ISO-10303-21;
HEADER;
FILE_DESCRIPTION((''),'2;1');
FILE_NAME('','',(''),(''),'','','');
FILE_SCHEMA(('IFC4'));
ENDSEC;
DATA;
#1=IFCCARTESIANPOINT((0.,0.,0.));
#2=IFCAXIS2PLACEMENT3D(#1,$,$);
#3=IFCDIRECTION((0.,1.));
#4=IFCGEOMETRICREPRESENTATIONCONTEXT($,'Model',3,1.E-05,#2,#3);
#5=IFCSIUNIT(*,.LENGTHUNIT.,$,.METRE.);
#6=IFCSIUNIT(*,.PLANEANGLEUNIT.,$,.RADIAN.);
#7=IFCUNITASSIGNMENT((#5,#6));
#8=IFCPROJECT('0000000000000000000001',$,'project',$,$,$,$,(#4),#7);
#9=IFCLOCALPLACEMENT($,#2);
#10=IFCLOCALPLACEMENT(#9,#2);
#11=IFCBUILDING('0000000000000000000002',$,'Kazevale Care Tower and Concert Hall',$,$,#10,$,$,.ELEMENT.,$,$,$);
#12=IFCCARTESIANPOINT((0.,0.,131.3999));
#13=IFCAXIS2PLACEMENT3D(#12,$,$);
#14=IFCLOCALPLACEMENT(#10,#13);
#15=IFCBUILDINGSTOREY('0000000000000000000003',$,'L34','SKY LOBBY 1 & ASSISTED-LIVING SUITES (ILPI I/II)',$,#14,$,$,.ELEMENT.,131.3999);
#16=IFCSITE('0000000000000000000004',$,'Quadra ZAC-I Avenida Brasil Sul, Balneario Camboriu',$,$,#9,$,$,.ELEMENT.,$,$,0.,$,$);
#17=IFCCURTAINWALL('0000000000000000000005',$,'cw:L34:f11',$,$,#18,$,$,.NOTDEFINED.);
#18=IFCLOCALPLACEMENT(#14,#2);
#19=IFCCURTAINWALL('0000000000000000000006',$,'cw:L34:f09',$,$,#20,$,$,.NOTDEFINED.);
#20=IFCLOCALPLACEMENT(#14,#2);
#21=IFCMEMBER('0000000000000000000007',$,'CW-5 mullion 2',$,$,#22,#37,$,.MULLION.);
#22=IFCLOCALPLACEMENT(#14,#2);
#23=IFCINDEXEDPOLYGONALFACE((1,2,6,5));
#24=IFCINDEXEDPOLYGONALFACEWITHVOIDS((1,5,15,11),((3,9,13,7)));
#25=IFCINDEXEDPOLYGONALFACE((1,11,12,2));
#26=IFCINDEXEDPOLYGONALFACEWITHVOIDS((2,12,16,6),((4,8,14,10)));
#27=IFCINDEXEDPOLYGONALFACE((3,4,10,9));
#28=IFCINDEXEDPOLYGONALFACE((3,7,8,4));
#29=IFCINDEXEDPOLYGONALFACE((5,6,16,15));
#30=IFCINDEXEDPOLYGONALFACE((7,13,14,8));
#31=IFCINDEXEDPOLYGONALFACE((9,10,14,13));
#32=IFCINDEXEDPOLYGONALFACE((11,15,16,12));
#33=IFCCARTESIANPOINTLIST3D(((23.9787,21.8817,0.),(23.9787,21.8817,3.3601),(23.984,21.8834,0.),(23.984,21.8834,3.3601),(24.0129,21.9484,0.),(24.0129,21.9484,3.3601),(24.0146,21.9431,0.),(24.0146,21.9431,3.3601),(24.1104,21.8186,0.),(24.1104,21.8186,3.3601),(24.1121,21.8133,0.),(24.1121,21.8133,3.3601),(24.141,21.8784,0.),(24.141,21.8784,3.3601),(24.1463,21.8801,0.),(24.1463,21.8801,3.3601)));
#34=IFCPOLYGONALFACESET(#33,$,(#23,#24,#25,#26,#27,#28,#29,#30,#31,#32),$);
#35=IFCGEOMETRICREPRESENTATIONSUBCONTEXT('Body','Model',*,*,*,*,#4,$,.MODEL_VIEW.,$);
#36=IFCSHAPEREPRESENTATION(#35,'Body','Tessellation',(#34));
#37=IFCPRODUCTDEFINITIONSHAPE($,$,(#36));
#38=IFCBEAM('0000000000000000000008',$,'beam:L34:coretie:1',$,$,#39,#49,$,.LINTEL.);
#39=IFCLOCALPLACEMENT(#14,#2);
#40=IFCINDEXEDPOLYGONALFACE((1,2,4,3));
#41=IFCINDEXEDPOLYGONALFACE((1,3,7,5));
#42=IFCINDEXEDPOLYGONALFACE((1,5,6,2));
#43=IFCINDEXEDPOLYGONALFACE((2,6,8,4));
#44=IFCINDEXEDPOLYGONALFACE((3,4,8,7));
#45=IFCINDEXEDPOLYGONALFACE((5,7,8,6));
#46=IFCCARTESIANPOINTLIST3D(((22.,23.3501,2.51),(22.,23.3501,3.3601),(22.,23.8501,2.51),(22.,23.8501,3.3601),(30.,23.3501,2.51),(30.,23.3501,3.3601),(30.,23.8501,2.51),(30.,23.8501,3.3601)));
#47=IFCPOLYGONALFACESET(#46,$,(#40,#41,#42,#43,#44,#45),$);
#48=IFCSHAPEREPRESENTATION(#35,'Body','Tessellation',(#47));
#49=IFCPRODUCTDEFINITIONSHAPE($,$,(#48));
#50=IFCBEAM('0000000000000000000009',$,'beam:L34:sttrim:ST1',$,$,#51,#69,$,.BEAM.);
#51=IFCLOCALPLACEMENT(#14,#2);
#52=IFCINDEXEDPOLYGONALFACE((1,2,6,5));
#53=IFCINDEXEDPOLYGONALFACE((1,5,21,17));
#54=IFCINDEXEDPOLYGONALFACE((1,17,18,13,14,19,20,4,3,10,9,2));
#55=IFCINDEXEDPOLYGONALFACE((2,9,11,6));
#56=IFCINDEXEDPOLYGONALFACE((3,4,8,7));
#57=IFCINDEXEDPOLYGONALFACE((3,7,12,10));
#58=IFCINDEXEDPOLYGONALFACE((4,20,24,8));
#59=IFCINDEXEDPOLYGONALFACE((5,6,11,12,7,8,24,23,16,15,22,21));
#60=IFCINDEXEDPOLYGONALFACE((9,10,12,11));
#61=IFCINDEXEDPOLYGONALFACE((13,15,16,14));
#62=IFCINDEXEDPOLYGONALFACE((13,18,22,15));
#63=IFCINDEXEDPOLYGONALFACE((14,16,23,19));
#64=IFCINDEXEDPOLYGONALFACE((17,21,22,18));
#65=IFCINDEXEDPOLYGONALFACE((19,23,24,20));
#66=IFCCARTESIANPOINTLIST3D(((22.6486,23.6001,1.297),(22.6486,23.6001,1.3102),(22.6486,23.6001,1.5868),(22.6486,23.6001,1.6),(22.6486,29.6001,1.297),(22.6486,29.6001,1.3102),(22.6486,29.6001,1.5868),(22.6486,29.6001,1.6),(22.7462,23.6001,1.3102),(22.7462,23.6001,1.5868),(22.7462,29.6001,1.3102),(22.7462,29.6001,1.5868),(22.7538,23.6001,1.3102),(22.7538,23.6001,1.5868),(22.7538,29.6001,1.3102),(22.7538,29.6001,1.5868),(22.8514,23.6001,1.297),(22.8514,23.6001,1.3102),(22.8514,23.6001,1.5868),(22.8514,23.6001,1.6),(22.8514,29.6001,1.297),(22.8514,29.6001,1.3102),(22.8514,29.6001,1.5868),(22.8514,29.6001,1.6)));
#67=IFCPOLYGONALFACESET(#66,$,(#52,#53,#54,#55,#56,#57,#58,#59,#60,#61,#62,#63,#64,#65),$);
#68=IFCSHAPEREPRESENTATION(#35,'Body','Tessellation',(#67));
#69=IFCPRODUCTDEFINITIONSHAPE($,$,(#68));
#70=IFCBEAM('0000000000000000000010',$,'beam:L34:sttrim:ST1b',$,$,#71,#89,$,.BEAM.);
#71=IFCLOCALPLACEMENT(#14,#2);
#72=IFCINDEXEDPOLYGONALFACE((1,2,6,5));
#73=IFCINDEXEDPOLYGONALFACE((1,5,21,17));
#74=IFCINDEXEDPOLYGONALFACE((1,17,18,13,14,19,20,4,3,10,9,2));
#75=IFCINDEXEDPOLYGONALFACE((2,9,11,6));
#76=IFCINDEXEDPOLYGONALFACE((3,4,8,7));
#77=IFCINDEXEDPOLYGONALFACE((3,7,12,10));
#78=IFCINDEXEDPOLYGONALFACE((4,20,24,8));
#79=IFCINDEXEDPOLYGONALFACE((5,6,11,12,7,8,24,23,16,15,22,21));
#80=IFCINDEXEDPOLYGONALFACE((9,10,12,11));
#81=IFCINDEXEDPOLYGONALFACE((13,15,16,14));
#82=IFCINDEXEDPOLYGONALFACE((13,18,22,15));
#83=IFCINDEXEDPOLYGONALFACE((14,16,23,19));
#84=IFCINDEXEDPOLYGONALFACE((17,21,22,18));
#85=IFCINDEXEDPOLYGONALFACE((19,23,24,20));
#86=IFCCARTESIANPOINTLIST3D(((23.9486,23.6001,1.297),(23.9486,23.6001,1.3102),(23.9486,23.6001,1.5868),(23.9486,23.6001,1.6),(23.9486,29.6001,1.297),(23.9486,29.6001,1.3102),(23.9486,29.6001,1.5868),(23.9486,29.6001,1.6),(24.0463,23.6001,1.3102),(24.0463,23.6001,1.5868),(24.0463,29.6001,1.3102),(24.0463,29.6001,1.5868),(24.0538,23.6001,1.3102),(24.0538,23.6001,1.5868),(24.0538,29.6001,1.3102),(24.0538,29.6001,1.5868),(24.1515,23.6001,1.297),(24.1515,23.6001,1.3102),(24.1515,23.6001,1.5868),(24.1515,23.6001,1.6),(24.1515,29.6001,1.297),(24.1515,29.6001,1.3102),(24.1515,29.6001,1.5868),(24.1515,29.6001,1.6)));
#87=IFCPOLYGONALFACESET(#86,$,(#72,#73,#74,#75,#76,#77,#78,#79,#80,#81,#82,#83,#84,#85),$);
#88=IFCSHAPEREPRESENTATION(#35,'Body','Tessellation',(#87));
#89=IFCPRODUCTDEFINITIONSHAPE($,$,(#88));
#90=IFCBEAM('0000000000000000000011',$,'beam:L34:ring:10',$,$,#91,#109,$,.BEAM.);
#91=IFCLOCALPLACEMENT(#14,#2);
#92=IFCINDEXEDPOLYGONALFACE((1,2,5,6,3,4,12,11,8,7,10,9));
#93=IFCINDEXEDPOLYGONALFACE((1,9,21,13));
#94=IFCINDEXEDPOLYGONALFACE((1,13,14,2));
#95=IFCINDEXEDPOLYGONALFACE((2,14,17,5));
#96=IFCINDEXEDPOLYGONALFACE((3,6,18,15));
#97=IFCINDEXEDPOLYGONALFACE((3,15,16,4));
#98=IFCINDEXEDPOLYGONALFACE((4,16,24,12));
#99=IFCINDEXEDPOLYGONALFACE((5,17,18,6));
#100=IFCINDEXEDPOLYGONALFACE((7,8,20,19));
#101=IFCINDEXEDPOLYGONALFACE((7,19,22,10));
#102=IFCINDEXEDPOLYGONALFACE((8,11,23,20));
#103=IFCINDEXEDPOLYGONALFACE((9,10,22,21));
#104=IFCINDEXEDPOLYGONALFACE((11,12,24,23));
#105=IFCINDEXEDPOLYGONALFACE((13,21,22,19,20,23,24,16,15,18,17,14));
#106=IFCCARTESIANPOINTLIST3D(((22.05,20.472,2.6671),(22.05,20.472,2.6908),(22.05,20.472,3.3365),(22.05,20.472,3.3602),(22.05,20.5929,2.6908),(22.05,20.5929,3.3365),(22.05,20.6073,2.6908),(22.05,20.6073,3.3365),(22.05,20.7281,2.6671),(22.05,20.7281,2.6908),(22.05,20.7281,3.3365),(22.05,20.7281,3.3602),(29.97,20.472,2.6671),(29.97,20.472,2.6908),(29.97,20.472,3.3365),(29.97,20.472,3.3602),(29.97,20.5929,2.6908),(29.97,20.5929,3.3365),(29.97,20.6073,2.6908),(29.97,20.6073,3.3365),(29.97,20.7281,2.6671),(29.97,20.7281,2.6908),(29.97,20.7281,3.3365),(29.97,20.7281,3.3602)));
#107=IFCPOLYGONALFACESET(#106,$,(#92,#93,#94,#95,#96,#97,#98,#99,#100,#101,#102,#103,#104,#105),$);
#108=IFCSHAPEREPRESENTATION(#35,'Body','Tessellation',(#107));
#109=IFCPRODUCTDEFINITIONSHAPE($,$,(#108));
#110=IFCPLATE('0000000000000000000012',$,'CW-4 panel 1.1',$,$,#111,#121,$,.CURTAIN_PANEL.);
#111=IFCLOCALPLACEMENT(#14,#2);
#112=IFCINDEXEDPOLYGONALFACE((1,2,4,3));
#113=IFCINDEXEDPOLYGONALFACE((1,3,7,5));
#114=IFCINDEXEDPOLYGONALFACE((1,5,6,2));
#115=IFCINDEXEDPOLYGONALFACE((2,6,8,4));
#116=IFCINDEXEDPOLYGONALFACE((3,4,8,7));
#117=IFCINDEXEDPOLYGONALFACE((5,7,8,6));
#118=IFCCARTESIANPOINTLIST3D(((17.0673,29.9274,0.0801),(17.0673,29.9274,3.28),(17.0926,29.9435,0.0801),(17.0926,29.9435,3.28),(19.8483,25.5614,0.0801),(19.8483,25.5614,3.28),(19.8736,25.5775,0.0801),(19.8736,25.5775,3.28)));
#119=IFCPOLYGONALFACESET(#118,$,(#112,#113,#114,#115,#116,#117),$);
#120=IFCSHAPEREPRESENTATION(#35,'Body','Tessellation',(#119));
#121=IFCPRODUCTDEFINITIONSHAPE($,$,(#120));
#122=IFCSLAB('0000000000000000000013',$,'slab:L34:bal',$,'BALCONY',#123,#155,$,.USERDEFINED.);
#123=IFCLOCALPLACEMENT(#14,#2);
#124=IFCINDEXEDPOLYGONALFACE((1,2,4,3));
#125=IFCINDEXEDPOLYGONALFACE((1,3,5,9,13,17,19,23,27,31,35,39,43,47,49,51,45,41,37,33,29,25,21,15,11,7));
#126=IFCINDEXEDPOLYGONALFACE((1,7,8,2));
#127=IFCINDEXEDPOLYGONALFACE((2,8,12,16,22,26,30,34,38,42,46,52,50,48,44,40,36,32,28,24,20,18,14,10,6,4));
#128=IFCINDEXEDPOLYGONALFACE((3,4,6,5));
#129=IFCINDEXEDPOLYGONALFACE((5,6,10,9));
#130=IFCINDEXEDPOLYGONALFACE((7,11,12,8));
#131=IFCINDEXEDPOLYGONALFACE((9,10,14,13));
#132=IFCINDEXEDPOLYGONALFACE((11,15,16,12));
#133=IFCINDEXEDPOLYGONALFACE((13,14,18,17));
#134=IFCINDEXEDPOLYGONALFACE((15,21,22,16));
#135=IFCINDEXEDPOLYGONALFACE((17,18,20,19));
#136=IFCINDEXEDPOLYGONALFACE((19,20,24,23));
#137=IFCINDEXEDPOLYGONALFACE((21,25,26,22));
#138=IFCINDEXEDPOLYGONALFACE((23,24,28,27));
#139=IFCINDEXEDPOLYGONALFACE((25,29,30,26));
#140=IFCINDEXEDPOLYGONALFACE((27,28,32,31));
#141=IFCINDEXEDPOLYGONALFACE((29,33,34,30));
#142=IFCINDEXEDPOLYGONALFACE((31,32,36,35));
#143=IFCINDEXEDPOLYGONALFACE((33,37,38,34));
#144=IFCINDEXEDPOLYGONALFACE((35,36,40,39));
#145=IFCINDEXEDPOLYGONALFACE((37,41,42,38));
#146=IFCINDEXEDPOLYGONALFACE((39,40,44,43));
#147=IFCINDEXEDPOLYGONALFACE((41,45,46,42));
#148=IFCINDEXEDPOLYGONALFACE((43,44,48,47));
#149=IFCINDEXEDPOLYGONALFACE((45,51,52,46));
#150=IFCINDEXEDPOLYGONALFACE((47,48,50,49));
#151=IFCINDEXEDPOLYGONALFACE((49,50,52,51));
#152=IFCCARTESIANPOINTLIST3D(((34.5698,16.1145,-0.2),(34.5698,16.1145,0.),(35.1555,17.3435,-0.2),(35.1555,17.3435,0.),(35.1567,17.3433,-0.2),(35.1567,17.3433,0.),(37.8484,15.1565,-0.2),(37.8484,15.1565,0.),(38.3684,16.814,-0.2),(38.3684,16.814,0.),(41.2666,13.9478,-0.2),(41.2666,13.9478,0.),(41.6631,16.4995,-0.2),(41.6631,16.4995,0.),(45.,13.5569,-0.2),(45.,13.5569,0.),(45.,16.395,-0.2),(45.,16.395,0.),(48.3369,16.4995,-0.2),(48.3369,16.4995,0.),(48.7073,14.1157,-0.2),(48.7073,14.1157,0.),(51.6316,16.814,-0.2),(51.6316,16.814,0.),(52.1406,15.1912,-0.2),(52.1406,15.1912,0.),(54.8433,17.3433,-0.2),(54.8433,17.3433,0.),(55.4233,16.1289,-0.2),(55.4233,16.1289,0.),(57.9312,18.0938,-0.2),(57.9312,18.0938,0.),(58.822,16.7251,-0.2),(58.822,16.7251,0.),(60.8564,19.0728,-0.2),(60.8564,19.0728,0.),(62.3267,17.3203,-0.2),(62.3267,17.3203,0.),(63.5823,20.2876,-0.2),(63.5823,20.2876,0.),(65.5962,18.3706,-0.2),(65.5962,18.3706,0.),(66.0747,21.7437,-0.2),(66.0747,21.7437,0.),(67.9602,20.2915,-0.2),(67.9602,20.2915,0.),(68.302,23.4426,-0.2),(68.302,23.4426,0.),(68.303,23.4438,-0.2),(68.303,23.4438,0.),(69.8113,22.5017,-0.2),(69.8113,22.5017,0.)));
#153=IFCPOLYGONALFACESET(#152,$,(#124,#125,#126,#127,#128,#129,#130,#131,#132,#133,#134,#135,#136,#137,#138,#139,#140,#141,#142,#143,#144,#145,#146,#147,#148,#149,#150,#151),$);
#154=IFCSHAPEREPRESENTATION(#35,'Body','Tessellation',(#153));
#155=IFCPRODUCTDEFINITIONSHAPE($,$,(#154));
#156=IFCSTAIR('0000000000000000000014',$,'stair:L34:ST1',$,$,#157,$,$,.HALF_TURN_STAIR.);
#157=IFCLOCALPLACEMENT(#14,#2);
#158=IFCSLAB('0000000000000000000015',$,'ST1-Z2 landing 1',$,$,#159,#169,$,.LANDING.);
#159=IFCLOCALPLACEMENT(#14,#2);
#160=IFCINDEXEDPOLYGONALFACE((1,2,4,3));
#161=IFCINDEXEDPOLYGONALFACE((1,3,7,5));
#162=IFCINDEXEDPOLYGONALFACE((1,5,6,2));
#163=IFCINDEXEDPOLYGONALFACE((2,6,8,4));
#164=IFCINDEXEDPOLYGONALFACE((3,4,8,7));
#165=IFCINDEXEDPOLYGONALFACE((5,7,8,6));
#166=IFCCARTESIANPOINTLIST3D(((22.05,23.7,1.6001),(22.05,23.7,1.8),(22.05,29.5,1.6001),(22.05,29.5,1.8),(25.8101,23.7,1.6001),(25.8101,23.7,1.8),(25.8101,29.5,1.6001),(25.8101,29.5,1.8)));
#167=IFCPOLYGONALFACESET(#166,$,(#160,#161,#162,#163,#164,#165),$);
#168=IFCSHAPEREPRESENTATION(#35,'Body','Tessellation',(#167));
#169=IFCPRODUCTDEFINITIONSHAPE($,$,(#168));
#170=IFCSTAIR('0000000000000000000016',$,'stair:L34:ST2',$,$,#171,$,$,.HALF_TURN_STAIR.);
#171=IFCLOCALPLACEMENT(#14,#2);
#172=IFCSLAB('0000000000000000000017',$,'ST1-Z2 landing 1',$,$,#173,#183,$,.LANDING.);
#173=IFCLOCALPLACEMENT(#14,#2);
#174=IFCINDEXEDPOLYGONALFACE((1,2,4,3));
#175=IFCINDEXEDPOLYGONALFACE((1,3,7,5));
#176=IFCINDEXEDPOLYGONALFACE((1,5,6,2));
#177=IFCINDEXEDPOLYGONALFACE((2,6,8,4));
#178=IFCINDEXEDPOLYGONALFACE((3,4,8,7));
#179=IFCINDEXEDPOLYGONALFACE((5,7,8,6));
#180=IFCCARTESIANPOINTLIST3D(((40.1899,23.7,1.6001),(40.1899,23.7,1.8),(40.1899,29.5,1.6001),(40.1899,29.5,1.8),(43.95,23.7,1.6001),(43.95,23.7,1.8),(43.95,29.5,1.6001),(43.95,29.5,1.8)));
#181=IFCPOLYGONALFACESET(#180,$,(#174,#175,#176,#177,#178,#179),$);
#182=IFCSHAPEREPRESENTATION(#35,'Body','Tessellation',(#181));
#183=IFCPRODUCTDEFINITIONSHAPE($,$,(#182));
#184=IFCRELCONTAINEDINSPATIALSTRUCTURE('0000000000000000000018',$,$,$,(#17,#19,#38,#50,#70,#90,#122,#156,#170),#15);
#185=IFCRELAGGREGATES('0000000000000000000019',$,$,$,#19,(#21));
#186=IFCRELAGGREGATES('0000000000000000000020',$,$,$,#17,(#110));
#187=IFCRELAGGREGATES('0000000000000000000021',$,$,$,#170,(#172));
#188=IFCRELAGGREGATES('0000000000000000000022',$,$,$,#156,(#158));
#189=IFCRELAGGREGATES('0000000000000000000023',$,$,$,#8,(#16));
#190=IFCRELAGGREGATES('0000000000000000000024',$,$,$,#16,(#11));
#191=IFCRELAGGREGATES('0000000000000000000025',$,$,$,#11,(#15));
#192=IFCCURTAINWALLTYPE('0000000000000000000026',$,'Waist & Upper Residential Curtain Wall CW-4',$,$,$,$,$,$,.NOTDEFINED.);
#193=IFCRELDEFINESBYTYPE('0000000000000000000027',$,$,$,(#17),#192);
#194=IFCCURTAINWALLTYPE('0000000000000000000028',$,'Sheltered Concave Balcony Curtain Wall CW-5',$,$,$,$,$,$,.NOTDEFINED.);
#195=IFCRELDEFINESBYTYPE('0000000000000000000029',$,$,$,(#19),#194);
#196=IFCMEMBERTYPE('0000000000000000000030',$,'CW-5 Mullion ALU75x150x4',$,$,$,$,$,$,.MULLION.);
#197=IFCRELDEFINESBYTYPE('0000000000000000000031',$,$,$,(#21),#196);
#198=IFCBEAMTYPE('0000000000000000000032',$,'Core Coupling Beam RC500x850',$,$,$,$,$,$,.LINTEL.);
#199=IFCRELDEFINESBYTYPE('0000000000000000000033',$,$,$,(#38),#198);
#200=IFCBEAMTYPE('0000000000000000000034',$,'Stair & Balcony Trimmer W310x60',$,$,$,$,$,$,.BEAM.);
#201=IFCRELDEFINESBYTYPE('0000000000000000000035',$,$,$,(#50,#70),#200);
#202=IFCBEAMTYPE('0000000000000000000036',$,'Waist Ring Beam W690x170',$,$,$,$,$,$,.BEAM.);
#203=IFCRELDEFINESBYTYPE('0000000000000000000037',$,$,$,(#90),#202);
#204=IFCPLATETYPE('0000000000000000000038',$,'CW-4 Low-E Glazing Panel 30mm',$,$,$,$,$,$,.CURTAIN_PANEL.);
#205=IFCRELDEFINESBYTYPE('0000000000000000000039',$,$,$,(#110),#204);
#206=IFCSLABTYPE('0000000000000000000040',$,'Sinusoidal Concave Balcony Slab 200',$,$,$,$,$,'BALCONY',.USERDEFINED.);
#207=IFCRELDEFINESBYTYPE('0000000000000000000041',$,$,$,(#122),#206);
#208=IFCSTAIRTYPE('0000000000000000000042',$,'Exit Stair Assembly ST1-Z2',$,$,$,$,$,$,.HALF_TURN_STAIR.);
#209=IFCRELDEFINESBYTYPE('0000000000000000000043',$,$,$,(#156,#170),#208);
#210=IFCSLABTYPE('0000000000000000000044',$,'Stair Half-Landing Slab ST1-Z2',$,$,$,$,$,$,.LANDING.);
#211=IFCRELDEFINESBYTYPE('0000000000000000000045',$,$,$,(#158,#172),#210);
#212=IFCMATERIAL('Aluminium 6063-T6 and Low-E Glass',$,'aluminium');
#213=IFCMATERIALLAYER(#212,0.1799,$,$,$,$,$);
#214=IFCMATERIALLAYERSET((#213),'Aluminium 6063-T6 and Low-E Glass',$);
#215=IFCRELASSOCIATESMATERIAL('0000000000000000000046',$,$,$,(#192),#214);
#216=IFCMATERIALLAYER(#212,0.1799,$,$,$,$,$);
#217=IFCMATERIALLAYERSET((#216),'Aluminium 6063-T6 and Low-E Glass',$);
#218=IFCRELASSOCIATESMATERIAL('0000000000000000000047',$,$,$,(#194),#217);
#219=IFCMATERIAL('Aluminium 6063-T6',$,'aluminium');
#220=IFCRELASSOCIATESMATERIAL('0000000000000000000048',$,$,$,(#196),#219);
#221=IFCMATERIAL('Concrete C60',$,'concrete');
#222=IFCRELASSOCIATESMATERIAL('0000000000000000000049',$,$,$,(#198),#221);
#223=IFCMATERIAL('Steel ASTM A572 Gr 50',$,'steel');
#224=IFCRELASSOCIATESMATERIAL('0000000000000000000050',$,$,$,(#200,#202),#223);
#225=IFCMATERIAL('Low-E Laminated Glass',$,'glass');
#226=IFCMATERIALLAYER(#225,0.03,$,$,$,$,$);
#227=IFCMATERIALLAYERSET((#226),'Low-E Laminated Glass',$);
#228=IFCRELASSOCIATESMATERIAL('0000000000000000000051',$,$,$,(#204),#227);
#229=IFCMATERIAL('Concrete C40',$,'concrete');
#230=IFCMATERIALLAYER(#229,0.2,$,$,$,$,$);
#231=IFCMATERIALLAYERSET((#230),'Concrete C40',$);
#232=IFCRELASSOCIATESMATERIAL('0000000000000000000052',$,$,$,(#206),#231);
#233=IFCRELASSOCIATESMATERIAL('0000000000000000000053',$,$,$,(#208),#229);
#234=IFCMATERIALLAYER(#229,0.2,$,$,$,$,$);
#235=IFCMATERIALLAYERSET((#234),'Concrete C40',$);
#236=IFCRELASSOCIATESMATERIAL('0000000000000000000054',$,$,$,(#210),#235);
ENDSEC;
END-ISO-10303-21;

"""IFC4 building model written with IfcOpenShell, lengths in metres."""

from ifc_helpers import new_model, si_unit, direction, frame, origin, origin_2d, place, context, subcontext, project, spatial, polyline, rectangle, hollow_rectangle, i_section, outline, extrude, material, layer, layer_set, material_profile, profile_set, type_object, element, aggregate, save


model = new_model("IFC4")

# Units and contexts
model_context = context("Model", 3, precision=1e-05, world=origin(), true_north=direction((0.0, 1.0)))
body_context = subcontext(model_context, "Body", "Model", "MODEL_VIEW")
ifc_project = project(units=[si_unit("LENGTHUNIT", "METRE"), si_unit("PLANEANGLEUNIT", "RADIAN")], contexts=[model_context])

# Site, building, storey
site_placement = place(None, origin())
site = spatial("IfcSite", under=ifc_project, at=site_placement, Name="Quadra ZAC-I Avenida Brasil Sul, Balneario Camboriu", CompositionType="ELEMENT", RefElevation=0.0)
building_placement = place(site_placement, origin())
building = spatial("IfcBuilding", under=site, at=building_placement, Name="Kazevale Care Tower and Concert Hall", CompositionType="ELEMENT")
storey_placement = place(building_placement, frame((0.0, 0.0, 131.3999)))
storey = spatial("IfcBuildingStorey", under=building, at=storey_placement, Name="L34", Description="SKY LOBBY 1 & ASSISTED-LIVING SUITES (ILPI I/II)", CompositionType="ELEMENT", Elevation=131.3999)

# Shared definitions
ifc_material_1 = material(Name="Concrete C60", Category="concrete")

# Curtain wall
ifc_material_2 = material(Name="Aluminium 6063-T6 and Low-E Glass", Category="aluminium")
ifc_layer_1 = layer(ifc_material_2, 0.1799)
ifc_layer_set_1 = layer_set([ifc_layer_1], Name="Aluminium 6063-T6 and Low-E Glass")
curtain_wall_type_1 = type_object("IfcCurtainWallType", Name="Waist & Upper Residential Curtain Wall CW-4", PredefinedType="NOTDEFINED", material=ifc_layer_set_1)
curtain_wall_1_placement = place(storey_placement, origin())
curtain_wall_1 = element("IfcCurtainWall", 1, at=curtain_wall_1_placement, inside=storey, type_object=curtain_wall_type_1, Name="cw:L34:f11", PredefinedType="NOTDEFINED")
ifc_material_3 = material(Name="Aluminium 6063-T6", Category="aluminium")

# Curtain wall, member
ifc_layer_2 = layer(ifc_material_2, 0.1799)
ifc_layer_set_2 = layer_set([ifc_layer_2], Name="Aluminium 6063-T6 and Low-E Glass")
curtain_wall_type_2 = type_object("IfcCurtainWallType", Name="Sheltered Concave Balcony Curtain Wall CW-5", PredefinedType="NOTDEFINED", material=ifc_layer_set_2)
curtain_wall_2_placement = place(storey_placement, origin())
curtain_wall_2 = element("IfcCurtainWall", 2, at=curtain_wall_2_placement, inside=storey, type_object=curtain_wall_type_2, Name="cw:L34:f09", PredefinedType="NOTDEFINED")
ifc_material_profile_1 = material_profile(ifc_material_3, hollow_rectangle(XDim=0.075, YDim=0.1499, WallThickness=0.0039, at=origin_2d()), Name="ALU75x150x4")
ifc_profile_set_1 = profile_set([ifc_material_profile_1], Name="Aluminium 6063-T6")
member_type_1 = type_object("IfcMemberType", Name="CW-5 Mullion ALU75x150x4", PredefinedType="MULLION", material=ifc_profile_set_1)
member_1_placement = place(storey_placement, frame((24.0625, 21.8809, 0.0), z_axis=(0.0, 0.0, 1.0), x_axis=(-0.455713, -0.890127, 0.0)))
member_1 = element("IfcMember", 3, at=member_1_placement, type_object=member_type_1, Name="CW-5 mullion 2", PredefinedType="MULLION", context=body_context, shape_type="SweptSolid", body=[
    extrude(hollow_rectangle(XDim=0.075, YDim=0.1499, WallThickness=0.0039, at=origin_2d()), origin(), (0.0, 0.0, 1.0), 3.3601),
])
aggregate(curtain_wall_2, [member_1])

# Beams
ifc_material_profile_2 = material_profile(ifc_material_1, rectangle(XDim=0.5, YDim=0.8501, at=origin_2d()), Name="RC-B500x850")
ifc_profile_set_2 = profile_set([ifc_material_profile_2], Name="Concrete C60")
beam_type_1 = type_object("IfcBeamType", Name="Core Coupling Beam RC500x850", PredefinedType="LINTEL", material=ifc_profile_set_2)
beam_1_placement = place(storey_placement, frame((22.0, 23.6001, 2.9351), z_axis=(1.0, 0.0, 0.0), x_axis=(0.0, 1.0, 0.0)))
element("IfcBeam", 4, at=beam_1_placement, inside=storey, type_object=beam_type_1, Name="beam:L34:coretie:1", PredefinedType="LINTEL", context=body_context, shape_type="SweptSolid", body=[
    extrude(rectangle(XDim=0.5, YDim=0.8501, at=origin_2d()), origin(), (0.0, 0.0, 1.0), 8.0),
])
ifc_material_4 = material(Name="Steel ASTM A572 Gr 50", Category="steel")
ifc_material_profile_3 = material_profile(ifc_material_4, i_section(OverallWidth=0.2029, OverallDepth=0.303, WebThickness=0.0076, FlangeThickness=0.0132, at=origin_2d()), Name="W310x60")
ifc_profile_set_3 = profile_set([ifc_material_profile_3], Name="Steel ASTM A572 Gr 50")
beam_type_2 = type_object("IfcBeamType", Name="Stair & Balcony Trimmer W310x60", PredefinedType="BEAM", material=ifc_profile_set_3)
for number, where, z_axis, x_axis, name in (
    (5, (22.75, 23.6001, 1.4485), (0.0, 1.0, 0.0), (-1.0, 0.0, 0.0), "beam:L34:sttrim:ST1"),
    (6, (24.05, 23.6001, 1.4485), (0.0, 1.0, 0.0), (-1.0, 0.0, 0.0), "beam:L34:sttrim:ST1b"),
):
    element("IfcBeam", number, at=place(storey_placement, frame(where, z_axis=z_axis, x_axis=x_axis)), inside=storey, type_object=beam_type_2, Name=name, PredefinedType="BEAM", context=body_context, shape_type="SweptSolid", body=[
        extrude(i_section(OverallWidth=0.2029, OverallDepth=0.303, WebThickness=0.0076, FlangeThickness=0.0132, at=origin_2d()), origin(), (0.0, 0.0, 1.0), 6.0),
    ])
ifc_material_profile_4 = material_profile(ifc_material_4, i_section(OverallWidth=0.2561, OverallDepth=0.6931, WebThickness=0.0144, FlangeThickness=0.0237, at=origin_2d()), Name="W690x170")
ifc_profile_set_4 = profile_set([ifc_material_profile_4], Name="Steel ASTM A572 Gr 50")
beam_type_3 = type_object("IfcBeamType", Name="Waist Ring Beam W690x170", PredefinedType="BEAM", material=ifc_profile_set_4)
beam_2_placement = place(storey_placement, frame((22.05, 20.6001, 3.0137), z_axis=(1.0, 0.0, 0.0), x_axis=(0.0, 1.0, 0.0)))
element("IfcBeam", 7, at=beam_2_placement, inside=storey, type_object=beam_type_3, Name="beam:L34:ring:10", PredefinedType="BEAM", context=body_context, shape_type="SweptSolid", body=[
    extrude(i_section(OverallWidth=0.2561, OverallDepth=0.6931, WebThickness=0.0144, FlangeThickness=0.0237, at=origin_2d()), origin(), (0.0, 0.0, 1.0), 7.9199),
])

# Plate
ifc_material_5 = material(Name="Low-E Laminated Glass", Category="glass")
ifc_layer_3 = layer(ifc_material_5, 0.03)
ifc_layer_set_3 = layer_set([ifc_layer_3], Name="Low-E Laminated Glass")
plate_type = type_object("IfcPlateType", Name="CW-4 Low-E Glazing Panel 30mm", PredefinedType="CURTAIN_PANEL", material=ifc_layer_set_3)
plate_placement = place(storey_placement, frame((18.4705, 27.7524, 0.0801), z_axis=(0.0, 0.0, 1.0), x_axis=(-0.537239, 0.84343, 0.0)))
plate = element("IfcPlate", 8, at=plate_placement, type_object=plate_type, Name="CW-4 panel 1.1", PredefinedType="CURTAIN_PANEL", context=body_context, shape_type="SweptSolid", body=[
    extrude(rectangle(XDim=5.1765, YDim=0.03, at=origin_2d()), origin(), (0.0, 0.0, 1.0), 3.2),
])
aggregate(curtain_wall_1, [plate])

# Slab
ifc_material_6 = material(Name="Concrete C40", Category="concrete")
ifc_layer_4 = layer(ifc_material_6, 0.2)
ifc_layer_set_4 = layer_set([ifc_layer_4], Name="Concrete C40")
slab_type_1 = type_object("IfcSlabType", Name="Sinusoidal Concave Balcony Slab 200", ElementType="BALCONY", PredefinedType="USERDEFINED", material=ifc_layer_set_4)
slab_1_placement = place(storey_placement, frame((0.0, 0.0, -0.2)))
element("IfcSlab", 9, at=slab_1_placement, inside=storey, type_object=slab_type_1, Name="slab:L34:bal", ObjectType="BALCONY", PredefinedType="USERDEFINED", context=body_context, shape_type="SweptSolid", body=[
    extrude(outline(polyline([(69.8113, 22.5017), (67.9602, 20.2915), (65.5962, 18.3706), (62.3267, 17.3203), (58.822, 16.7251), (55.4233, 16.1289), (52.1406, 15.1912), (48.7073, 14.1157), (45.0, 13.5569), (41.2666, 13.9478), (37.8484, 15.1565), (34.5698, 16.1145), (35.1555, 17.3435), (35.1567, 17.3433), (38.3684, 16.814), (41.6631, 16.4995), (45.0, 16.395), (48.3369, 16.4995), (51.6316, 16.814), (54.8433, 17.3433), (57.9312, 18.0938), (60.8564, 19.0728), (63.5823, 20.2876), (66.0747, 21.7437), (68.302, 23.4426), (68.303, 23.4438), (69.8113, 22.5017)])), origin(), (0.0, 0.0, 1.0), 0.2),
])

# Stairs, slabs
stair_type = type_object("IfcStairType", Name="Exit Stair Assembly ST1-Z2", PredefinedType="HALF_TURN_STAIR", material=ifc_material_6)
stair_1_placement = place(storey_placement, origin())
stair_1 = element("IfcStair", 10, at=stair_1_placement, inside=storey, type_object=stair_type, Name="stair:L34:ST1", PredefinedType="HALF_TURN_STAIR")
ifc_layer_5 = layer(ifc_material_6, 0.2)
ifc_layer_set_5 = layer_set([ifc_layer_5], Name="Concrete C40")
slab_type_2 = type_object("IfcSlabType", Name="Stair Half-Landing Slab ST1-Z2", PredefinedType="LANDING", material=ifc_layer_set_5)
slab_2_placement = place(storey_placement, frame((0.0, 0.0, 1.6001)))
slab_2 = element("IfcSlab", 11, at=slab_2_placement, type_object=slab_type_2, Name="ST1-Z2 landing 1", PredefinedType="LANDING", context=body_context, shape_type="SweptSolid", body=[
    extrude(outline(polyline([(22.05, 23.7), (25.8101, 23.7), (25.8101, 29.5), (22.05, 29.5), (22.05, 23.7)])), origin(), (0.0, 0.0, 1.0), 0.2),
])
stair_2_placement = place(storey_placement, origin())
stair_2 = element("IfcStair", 12, at=stair_2_placement, inside=storey, type_object=stair_type, Name="stair:L34:ST2", PredefinedType="HALF_TURN_STAIR")
slab_3_placement = place(storey_placement, frame((0.0, 0.0, 1.6001)))
slab_3 = element("IfcSlab", 13, at=slab_3_placement, type_object=slab_type_2, Name="ST1-Z2 landing 1", PredefinedType="LANDING", context=body_context, shape_type="SweptSolid", body=[
    extrude(outline(polyline([(40.1899, 23.7), (43.95, 23.7), (43.95, 29.5), (40.1899, 29.5), (40.1899, 23.7)])), origin(), (0.0, 0.0, 1.0), 0.2),
])
aggregate(stair_2, [slab_3])

aggregate(stair_1, [slab_2])

save(model, "model.ifc")
